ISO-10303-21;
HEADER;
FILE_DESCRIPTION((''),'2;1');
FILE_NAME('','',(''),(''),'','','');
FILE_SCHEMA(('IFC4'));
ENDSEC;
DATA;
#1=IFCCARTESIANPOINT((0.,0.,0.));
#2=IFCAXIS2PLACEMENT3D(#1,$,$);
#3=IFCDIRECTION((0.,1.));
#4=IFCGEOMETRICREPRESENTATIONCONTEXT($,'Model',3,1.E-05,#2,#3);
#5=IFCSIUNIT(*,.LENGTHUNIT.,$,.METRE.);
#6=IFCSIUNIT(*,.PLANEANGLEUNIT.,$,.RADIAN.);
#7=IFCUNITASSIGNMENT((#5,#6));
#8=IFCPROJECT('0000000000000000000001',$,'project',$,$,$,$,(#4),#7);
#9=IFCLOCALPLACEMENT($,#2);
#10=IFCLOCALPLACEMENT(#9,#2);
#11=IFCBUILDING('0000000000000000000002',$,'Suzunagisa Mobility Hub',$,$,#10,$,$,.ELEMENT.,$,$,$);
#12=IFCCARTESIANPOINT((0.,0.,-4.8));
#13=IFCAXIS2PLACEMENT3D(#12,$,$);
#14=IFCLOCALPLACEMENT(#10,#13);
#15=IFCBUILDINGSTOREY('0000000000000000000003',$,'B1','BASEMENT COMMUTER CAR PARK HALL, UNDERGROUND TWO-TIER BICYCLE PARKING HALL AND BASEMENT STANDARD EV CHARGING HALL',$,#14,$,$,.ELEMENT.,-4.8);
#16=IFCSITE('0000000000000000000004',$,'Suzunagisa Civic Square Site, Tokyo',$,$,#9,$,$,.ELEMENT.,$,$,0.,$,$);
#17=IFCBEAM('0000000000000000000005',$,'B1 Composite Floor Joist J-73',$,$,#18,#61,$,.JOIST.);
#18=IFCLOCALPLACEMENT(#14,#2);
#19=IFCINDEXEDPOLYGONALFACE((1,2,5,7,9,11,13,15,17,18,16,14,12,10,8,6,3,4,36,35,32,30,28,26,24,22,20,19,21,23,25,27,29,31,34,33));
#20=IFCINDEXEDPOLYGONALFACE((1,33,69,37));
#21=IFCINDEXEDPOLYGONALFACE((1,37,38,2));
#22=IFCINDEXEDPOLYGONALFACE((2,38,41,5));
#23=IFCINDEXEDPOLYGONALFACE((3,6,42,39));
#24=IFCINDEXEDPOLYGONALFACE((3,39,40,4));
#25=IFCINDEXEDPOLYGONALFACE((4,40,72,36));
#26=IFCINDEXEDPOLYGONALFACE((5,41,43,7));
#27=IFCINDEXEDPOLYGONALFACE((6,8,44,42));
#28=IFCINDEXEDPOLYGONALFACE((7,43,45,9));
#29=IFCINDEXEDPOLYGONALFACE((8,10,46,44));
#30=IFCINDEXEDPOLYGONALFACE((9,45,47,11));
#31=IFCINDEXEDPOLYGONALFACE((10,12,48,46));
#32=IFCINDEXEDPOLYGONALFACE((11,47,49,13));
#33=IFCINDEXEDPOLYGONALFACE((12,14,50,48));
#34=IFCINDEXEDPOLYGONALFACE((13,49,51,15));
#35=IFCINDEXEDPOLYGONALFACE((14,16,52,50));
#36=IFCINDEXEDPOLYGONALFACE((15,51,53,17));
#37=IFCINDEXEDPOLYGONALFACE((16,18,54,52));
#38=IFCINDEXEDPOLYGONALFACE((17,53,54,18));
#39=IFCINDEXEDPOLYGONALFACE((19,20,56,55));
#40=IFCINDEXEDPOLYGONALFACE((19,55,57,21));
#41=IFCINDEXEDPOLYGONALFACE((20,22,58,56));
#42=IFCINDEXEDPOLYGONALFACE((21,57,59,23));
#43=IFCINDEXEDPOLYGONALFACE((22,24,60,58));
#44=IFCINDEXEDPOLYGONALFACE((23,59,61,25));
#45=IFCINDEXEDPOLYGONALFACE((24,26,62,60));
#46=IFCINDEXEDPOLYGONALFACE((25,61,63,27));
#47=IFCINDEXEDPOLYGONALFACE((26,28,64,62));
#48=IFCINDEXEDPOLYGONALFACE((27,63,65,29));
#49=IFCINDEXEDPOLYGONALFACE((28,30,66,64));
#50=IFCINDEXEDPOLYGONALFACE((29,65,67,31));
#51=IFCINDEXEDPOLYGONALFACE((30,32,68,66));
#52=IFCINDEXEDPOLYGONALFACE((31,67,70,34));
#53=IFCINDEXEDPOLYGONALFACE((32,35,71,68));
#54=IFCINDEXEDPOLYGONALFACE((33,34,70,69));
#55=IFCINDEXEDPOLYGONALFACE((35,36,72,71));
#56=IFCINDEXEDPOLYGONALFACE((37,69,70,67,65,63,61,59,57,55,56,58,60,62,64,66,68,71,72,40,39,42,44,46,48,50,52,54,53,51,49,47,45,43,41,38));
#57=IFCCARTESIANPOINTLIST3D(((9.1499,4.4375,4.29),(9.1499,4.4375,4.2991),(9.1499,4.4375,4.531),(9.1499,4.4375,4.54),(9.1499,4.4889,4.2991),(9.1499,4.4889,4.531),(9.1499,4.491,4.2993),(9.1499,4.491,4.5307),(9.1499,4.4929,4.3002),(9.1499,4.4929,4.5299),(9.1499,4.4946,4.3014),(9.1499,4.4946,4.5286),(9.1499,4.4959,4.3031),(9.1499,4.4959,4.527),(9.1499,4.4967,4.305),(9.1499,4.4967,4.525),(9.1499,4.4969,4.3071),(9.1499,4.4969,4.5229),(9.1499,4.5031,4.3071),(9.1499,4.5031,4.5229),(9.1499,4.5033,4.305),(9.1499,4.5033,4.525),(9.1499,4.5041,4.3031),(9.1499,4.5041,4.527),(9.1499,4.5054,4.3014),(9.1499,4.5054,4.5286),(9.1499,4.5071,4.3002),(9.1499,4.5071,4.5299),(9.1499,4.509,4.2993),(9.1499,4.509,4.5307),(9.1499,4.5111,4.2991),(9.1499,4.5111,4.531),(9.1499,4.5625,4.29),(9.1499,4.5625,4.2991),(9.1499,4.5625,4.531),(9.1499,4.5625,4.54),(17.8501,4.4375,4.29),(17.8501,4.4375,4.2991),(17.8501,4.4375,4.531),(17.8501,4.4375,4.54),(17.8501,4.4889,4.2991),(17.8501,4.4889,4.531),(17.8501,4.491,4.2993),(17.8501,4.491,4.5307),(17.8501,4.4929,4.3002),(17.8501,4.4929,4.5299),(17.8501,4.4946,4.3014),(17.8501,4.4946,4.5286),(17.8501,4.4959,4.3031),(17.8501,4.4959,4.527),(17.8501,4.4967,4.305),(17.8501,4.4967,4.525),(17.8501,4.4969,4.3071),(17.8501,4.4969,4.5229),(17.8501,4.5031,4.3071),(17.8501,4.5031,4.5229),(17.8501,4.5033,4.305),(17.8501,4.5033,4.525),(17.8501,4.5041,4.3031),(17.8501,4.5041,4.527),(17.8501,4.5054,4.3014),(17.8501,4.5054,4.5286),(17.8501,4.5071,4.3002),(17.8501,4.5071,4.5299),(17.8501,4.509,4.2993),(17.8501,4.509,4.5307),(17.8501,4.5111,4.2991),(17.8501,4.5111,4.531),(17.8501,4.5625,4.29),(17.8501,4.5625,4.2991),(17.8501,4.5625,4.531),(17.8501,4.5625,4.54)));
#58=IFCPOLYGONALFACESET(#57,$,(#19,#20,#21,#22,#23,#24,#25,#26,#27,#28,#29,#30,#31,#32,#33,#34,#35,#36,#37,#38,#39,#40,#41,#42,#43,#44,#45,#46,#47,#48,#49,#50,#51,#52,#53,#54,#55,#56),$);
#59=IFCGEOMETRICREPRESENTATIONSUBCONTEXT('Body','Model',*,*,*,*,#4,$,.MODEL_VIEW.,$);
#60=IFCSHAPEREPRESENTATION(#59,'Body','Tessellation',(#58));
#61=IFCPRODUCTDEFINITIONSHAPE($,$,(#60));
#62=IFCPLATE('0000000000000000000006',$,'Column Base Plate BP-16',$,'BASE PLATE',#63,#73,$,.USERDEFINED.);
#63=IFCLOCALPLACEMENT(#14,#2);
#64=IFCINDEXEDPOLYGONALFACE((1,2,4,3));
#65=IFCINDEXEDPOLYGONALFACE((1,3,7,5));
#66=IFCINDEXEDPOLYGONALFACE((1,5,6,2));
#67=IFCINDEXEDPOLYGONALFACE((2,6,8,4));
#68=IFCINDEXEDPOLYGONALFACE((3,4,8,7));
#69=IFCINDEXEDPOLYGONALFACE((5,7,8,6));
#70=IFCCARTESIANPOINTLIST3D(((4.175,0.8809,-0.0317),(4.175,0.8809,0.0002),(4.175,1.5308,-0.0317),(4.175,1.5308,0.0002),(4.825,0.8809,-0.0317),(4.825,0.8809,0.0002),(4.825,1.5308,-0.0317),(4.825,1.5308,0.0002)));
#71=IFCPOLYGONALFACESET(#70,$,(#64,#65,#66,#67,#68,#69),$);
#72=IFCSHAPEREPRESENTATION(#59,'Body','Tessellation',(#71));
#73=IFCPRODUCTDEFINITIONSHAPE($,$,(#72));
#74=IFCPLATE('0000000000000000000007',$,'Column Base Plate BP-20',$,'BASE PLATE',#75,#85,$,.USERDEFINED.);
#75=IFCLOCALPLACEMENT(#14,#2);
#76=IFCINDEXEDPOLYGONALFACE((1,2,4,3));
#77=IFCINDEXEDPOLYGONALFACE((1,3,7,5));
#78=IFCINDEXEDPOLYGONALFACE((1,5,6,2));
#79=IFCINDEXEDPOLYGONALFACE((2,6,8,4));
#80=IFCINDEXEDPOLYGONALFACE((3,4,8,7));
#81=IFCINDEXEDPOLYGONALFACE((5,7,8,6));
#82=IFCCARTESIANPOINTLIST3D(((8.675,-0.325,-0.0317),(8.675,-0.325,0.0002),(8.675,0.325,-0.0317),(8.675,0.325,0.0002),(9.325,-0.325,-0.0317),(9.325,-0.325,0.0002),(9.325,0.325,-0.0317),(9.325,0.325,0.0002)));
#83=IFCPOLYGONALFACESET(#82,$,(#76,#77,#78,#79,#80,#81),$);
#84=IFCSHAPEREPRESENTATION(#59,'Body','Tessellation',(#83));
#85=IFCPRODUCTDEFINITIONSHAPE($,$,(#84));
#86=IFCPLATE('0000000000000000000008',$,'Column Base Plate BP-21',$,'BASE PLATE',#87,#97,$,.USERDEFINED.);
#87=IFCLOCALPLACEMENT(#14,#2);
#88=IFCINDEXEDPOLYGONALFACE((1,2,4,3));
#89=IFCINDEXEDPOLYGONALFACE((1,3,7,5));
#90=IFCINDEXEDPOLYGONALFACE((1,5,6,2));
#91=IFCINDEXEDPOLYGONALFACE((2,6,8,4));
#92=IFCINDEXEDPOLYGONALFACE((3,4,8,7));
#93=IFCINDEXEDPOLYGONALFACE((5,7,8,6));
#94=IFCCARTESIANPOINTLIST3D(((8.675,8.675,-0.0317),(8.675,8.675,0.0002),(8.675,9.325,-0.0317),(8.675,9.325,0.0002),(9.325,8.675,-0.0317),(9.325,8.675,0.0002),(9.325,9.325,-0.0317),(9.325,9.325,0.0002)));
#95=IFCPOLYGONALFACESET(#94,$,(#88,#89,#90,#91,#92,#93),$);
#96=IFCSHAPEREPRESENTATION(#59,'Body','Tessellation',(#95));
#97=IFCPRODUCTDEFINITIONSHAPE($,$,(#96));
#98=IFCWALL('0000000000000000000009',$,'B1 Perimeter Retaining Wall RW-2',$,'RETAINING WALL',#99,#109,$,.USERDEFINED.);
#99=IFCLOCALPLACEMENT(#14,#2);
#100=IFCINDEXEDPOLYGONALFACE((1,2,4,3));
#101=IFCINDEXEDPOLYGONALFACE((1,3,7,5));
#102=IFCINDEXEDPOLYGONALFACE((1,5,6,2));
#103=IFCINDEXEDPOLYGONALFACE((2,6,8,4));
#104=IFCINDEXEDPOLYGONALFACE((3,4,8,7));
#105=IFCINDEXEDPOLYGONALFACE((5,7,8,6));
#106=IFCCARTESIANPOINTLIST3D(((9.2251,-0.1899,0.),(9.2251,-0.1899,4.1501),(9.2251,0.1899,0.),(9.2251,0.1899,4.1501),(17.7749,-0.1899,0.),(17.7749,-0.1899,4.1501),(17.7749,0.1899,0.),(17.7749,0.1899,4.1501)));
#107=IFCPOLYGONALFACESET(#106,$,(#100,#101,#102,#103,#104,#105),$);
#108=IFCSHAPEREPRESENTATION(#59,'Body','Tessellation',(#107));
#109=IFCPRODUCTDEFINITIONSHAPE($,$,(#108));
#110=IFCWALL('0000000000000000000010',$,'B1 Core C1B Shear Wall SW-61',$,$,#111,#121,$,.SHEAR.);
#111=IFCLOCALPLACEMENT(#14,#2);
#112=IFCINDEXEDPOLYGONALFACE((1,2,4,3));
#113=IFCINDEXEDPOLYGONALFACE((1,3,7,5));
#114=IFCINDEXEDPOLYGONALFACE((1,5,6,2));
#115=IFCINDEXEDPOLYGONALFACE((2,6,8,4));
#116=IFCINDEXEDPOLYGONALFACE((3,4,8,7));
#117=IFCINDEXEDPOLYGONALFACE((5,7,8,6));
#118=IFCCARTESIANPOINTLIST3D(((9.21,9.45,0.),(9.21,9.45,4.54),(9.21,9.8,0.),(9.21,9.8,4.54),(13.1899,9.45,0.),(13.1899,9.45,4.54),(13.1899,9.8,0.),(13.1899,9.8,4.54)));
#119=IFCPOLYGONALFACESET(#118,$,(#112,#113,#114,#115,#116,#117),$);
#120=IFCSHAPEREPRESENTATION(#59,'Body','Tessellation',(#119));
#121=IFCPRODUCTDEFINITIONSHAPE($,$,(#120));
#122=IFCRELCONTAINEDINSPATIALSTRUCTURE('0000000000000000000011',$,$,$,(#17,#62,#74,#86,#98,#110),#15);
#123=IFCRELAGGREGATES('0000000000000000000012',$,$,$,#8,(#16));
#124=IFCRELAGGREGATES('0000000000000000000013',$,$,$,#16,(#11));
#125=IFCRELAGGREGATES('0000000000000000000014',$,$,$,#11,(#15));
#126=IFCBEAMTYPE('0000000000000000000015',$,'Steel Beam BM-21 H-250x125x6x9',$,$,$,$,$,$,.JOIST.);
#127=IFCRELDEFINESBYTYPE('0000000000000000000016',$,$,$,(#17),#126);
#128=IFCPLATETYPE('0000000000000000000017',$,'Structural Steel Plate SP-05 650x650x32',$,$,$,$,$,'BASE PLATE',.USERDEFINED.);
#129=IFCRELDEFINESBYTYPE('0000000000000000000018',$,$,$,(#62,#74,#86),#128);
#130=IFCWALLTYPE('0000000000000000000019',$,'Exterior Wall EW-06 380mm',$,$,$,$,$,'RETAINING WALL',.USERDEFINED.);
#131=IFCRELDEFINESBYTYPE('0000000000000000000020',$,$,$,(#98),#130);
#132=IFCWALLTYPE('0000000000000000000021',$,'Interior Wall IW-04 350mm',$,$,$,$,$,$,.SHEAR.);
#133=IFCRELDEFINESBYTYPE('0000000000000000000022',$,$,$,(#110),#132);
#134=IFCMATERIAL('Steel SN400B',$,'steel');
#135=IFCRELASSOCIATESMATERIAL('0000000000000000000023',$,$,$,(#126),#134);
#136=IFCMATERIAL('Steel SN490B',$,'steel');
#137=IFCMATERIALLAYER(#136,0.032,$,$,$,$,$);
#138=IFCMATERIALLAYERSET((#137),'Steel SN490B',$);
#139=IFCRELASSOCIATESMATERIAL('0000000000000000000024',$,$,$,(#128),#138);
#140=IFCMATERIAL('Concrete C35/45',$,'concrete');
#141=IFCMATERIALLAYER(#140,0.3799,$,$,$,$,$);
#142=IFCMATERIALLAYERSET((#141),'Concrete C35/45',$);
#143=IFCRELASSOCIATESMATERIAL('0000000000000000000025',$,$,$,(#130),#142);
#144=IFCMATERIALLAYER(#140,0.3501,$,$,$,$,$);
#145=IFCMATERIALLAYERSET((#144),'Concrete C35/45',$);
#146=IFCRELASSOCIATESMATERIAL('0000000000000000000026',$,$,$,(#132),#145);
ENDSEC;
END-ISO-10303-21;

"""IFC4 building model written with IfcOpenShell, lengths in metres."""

from ifc_helpers import new_model, si_unit, direction, frame, frame_2d, origin, origin_2d, place, context, subcontext, project, spatial, rectangle, i_section, extrude, material, layer, layer_set, material_profile, profile_set, type_object, element, save


model = new_model("IFC4")

# Units and contexts
model_context = context("Model", 3, precision=1e-05, world=origin(), true_north=direction((0.0, 1.0)))
body_context = subcontext(model_context, "Body", "Model", "MODEL_VIEW")
ifc_project = project(units=[si_unit("LENGTHUNIT", "METRE"), si_unit("PLANEANGLEUNIT", "RADIAN")], contexts=[model_context])

# Site, building, storey
site_placement = place(None, origin())
site = spatial("IfcSite", under=ifc_project, at=site_placement, Name="Suzunagisa Civic Square Site, Tokyo", CompositionType="ELEMENT", RefElevation=0.0)
building_placement = place(site_placement, origin())
building = spatial("IfcBuilding", under=site, at=building_placement, Name="Suzunagisa Mobility Hub", CompositionType="ELEMENT")
storey_placement = place(building_placement, frame((0.0, 0.0, -4.8)))
storey = spatial("IfcBuildingStorey", under=building, at=storey_placement, Name="B1", Description="BASEMENT COMMUTER CAR PARK HALL, UNDERGROUND TWO-TIER BICYCLE PARKING HALL AND BASEMENT STANDARD EV CHARGING HALL", CompositionType="ELEMENT", Elevation=-4.8)

# Shared definitions
ifc_material_1 = material(Name="Concrete C35/45", Category="concrete")

# Shared definitions
ifc_material_2 = material(Name="Steel SN490B", Category="steel")

# Beam
ifc_material_3 = material(Name="Steel SN400B", Category="steel")
ifc_material_profile_1 = material_profile(ifc_material_3, i_section(OverallWidth=0.125, OverallDepth=0.25, WebThickness=0.0061, FlangeThickness=0.009, FilletRadius=0.0081, at=origin_2d()), Name="H-250x125x6x9")
ifc_profile_set_1 = profile_set([ifc_material_profile_1], Name="Steel SN400B")
beam_type_1 = type_object("IfcBeamType", Name="Steel Beam BM-21 H-250x125x6x9", PredefinedType="JOIST", material=ifc_profile_set_1)
beam_1_placement = place(storey_placement, frame((9.1499, 4.5, 4.415), z_axis=(1.0, 0.0, 0.0), x_axis=(0.0, 1.0, 0.0)))
element("IfcBeam", 1, at=beam_1_placement, inside=storey, type_object=beam_type_1, Name="B1 Composite Floor Joist J-73", PredefinedType="JOIST", context=body_context, shape_type="SweptSolid", body=[
    extrude(i_section(OverallWidth=0.125, OverallDepth=0.25, WebThickness=0.0061, FlangeThickness=0.009, FilletRadius=0.0081, at=origin_2d()), origin(), (0.0, 0.0, 1.0), 8.7002),
])

# Plates
ifc_layer_1 = layer(ifc_material_2, 0.032)
ifc_layer_set_1 = layer_set([ifc_layer_1], Name="Steel SN490B")
plate_type = type_object("IfcPlateType", Name="Structural Steel Plate SP-05 650x650x32", ElementType="BASE PLATE", PredefinedType="USERDEFINED", material=ifc_layer_set_1)
for number, where, z_axis, x_axis, name in (
    (2, (4.5, 1.2058, -0.0317), (0.0, 0.0, 1.0), (1.0, 0.0, 0.0), "Column Base Plate BP-16"),
    (3, (9.0, 0.0, -0.0317), (0.0, 0.0, 1.0), (1.0, 0.0, 0.0), "Column Base Plate BP-20"),
    (4, (9.0, 9.0, -0.0317), (0.0, 0.0, 1.0), (1.0, 0.0, 0.0), "Column Base Plate BP-21"),
):
    element("IfcPlate", number, at=place(storey_placement, frame(where, z_axis=z_axis, x_axis=x_axis)), inside=storey, type_object=plate_type, Name=name, ObjectType="BASE PLATE", PredefinedType="USERDEFINED", context=body_context, shape_type="SweptSolid", body=[
        extrude(rectangle(XDim=0.6499, YDim=0.6499, at=origin_2d()), origin(), (0.0, 0.0, 1.0), 0.032),
    ])

# Walls
ifc_layer_2 = layer(ifc_material_1, 0.3799)
ifc_layer_set_2 = layer_set([ifc_layer_2], Name="Concrete C35/45")
wall_type_1 = type_object("IfcWallType", Name="Exterior Wall EW-06 380mm", ElementType="RETAINING WALL", PredefinedType="USERDEFINED", material=ifc_layer_set_2)
wall_1_placement = place(storey_placement, frame((9.2251, 0.0, 0.0), z_axis=(0.0, 0.0, 1.0), x_axis=(1.0, 0.0, 0.0)))
element("IfcWall", 5, at=wall_1_placement, inside=storey, type_object=wall_type_1, Name="B1 Perimeter Retaining Wall RW-2", ObjectType="RETAINING WALL", PredefinedType="USERDEFINED", context=body_context, shape_type="SweptSolid", body=[
    extrude(rectangle(XDim=8.5498, YDim=0.3799, at=frame_2d((4.2749, 0.0))), origin(), (0.0, 0.0, 1.0), 4.1501),
])
ifc_layer_3 = layer(ifc_material_1, 0.3501)
ifc_layer_set_3 = layer_set([ifc_layer_3], Name="Concrete C35/45")
wall_type_2 = type_object("IfcWallType", Name="Interior Wall IW-04 350mm", PredefinedType="SHEAR", material=ifc_layer_set_3)
wall_2_placement = place(storey_placement, frame((9.21, 9.625, 0.0), z_axis=(0.0, 0.0, 1.0), x_axis=(1.0, 0.0, 0.0)))
element("IfcWall", 6, at=wall_2_placement, inside=storey, type_object=wall_type_2, Name="B1 Core C1B Shear Wall SW-61", PredefinedType="SHEAR", context=body_context, shape_type="SweptSolid", body=[
    extrude(rectangle(XDim=3.98, YDim=0.3501, at=frame_2d((1.99, 0.0))), origin(), (0.0, 0.0, 1.0), 4.54),
])

save(model, "model.ifc")
